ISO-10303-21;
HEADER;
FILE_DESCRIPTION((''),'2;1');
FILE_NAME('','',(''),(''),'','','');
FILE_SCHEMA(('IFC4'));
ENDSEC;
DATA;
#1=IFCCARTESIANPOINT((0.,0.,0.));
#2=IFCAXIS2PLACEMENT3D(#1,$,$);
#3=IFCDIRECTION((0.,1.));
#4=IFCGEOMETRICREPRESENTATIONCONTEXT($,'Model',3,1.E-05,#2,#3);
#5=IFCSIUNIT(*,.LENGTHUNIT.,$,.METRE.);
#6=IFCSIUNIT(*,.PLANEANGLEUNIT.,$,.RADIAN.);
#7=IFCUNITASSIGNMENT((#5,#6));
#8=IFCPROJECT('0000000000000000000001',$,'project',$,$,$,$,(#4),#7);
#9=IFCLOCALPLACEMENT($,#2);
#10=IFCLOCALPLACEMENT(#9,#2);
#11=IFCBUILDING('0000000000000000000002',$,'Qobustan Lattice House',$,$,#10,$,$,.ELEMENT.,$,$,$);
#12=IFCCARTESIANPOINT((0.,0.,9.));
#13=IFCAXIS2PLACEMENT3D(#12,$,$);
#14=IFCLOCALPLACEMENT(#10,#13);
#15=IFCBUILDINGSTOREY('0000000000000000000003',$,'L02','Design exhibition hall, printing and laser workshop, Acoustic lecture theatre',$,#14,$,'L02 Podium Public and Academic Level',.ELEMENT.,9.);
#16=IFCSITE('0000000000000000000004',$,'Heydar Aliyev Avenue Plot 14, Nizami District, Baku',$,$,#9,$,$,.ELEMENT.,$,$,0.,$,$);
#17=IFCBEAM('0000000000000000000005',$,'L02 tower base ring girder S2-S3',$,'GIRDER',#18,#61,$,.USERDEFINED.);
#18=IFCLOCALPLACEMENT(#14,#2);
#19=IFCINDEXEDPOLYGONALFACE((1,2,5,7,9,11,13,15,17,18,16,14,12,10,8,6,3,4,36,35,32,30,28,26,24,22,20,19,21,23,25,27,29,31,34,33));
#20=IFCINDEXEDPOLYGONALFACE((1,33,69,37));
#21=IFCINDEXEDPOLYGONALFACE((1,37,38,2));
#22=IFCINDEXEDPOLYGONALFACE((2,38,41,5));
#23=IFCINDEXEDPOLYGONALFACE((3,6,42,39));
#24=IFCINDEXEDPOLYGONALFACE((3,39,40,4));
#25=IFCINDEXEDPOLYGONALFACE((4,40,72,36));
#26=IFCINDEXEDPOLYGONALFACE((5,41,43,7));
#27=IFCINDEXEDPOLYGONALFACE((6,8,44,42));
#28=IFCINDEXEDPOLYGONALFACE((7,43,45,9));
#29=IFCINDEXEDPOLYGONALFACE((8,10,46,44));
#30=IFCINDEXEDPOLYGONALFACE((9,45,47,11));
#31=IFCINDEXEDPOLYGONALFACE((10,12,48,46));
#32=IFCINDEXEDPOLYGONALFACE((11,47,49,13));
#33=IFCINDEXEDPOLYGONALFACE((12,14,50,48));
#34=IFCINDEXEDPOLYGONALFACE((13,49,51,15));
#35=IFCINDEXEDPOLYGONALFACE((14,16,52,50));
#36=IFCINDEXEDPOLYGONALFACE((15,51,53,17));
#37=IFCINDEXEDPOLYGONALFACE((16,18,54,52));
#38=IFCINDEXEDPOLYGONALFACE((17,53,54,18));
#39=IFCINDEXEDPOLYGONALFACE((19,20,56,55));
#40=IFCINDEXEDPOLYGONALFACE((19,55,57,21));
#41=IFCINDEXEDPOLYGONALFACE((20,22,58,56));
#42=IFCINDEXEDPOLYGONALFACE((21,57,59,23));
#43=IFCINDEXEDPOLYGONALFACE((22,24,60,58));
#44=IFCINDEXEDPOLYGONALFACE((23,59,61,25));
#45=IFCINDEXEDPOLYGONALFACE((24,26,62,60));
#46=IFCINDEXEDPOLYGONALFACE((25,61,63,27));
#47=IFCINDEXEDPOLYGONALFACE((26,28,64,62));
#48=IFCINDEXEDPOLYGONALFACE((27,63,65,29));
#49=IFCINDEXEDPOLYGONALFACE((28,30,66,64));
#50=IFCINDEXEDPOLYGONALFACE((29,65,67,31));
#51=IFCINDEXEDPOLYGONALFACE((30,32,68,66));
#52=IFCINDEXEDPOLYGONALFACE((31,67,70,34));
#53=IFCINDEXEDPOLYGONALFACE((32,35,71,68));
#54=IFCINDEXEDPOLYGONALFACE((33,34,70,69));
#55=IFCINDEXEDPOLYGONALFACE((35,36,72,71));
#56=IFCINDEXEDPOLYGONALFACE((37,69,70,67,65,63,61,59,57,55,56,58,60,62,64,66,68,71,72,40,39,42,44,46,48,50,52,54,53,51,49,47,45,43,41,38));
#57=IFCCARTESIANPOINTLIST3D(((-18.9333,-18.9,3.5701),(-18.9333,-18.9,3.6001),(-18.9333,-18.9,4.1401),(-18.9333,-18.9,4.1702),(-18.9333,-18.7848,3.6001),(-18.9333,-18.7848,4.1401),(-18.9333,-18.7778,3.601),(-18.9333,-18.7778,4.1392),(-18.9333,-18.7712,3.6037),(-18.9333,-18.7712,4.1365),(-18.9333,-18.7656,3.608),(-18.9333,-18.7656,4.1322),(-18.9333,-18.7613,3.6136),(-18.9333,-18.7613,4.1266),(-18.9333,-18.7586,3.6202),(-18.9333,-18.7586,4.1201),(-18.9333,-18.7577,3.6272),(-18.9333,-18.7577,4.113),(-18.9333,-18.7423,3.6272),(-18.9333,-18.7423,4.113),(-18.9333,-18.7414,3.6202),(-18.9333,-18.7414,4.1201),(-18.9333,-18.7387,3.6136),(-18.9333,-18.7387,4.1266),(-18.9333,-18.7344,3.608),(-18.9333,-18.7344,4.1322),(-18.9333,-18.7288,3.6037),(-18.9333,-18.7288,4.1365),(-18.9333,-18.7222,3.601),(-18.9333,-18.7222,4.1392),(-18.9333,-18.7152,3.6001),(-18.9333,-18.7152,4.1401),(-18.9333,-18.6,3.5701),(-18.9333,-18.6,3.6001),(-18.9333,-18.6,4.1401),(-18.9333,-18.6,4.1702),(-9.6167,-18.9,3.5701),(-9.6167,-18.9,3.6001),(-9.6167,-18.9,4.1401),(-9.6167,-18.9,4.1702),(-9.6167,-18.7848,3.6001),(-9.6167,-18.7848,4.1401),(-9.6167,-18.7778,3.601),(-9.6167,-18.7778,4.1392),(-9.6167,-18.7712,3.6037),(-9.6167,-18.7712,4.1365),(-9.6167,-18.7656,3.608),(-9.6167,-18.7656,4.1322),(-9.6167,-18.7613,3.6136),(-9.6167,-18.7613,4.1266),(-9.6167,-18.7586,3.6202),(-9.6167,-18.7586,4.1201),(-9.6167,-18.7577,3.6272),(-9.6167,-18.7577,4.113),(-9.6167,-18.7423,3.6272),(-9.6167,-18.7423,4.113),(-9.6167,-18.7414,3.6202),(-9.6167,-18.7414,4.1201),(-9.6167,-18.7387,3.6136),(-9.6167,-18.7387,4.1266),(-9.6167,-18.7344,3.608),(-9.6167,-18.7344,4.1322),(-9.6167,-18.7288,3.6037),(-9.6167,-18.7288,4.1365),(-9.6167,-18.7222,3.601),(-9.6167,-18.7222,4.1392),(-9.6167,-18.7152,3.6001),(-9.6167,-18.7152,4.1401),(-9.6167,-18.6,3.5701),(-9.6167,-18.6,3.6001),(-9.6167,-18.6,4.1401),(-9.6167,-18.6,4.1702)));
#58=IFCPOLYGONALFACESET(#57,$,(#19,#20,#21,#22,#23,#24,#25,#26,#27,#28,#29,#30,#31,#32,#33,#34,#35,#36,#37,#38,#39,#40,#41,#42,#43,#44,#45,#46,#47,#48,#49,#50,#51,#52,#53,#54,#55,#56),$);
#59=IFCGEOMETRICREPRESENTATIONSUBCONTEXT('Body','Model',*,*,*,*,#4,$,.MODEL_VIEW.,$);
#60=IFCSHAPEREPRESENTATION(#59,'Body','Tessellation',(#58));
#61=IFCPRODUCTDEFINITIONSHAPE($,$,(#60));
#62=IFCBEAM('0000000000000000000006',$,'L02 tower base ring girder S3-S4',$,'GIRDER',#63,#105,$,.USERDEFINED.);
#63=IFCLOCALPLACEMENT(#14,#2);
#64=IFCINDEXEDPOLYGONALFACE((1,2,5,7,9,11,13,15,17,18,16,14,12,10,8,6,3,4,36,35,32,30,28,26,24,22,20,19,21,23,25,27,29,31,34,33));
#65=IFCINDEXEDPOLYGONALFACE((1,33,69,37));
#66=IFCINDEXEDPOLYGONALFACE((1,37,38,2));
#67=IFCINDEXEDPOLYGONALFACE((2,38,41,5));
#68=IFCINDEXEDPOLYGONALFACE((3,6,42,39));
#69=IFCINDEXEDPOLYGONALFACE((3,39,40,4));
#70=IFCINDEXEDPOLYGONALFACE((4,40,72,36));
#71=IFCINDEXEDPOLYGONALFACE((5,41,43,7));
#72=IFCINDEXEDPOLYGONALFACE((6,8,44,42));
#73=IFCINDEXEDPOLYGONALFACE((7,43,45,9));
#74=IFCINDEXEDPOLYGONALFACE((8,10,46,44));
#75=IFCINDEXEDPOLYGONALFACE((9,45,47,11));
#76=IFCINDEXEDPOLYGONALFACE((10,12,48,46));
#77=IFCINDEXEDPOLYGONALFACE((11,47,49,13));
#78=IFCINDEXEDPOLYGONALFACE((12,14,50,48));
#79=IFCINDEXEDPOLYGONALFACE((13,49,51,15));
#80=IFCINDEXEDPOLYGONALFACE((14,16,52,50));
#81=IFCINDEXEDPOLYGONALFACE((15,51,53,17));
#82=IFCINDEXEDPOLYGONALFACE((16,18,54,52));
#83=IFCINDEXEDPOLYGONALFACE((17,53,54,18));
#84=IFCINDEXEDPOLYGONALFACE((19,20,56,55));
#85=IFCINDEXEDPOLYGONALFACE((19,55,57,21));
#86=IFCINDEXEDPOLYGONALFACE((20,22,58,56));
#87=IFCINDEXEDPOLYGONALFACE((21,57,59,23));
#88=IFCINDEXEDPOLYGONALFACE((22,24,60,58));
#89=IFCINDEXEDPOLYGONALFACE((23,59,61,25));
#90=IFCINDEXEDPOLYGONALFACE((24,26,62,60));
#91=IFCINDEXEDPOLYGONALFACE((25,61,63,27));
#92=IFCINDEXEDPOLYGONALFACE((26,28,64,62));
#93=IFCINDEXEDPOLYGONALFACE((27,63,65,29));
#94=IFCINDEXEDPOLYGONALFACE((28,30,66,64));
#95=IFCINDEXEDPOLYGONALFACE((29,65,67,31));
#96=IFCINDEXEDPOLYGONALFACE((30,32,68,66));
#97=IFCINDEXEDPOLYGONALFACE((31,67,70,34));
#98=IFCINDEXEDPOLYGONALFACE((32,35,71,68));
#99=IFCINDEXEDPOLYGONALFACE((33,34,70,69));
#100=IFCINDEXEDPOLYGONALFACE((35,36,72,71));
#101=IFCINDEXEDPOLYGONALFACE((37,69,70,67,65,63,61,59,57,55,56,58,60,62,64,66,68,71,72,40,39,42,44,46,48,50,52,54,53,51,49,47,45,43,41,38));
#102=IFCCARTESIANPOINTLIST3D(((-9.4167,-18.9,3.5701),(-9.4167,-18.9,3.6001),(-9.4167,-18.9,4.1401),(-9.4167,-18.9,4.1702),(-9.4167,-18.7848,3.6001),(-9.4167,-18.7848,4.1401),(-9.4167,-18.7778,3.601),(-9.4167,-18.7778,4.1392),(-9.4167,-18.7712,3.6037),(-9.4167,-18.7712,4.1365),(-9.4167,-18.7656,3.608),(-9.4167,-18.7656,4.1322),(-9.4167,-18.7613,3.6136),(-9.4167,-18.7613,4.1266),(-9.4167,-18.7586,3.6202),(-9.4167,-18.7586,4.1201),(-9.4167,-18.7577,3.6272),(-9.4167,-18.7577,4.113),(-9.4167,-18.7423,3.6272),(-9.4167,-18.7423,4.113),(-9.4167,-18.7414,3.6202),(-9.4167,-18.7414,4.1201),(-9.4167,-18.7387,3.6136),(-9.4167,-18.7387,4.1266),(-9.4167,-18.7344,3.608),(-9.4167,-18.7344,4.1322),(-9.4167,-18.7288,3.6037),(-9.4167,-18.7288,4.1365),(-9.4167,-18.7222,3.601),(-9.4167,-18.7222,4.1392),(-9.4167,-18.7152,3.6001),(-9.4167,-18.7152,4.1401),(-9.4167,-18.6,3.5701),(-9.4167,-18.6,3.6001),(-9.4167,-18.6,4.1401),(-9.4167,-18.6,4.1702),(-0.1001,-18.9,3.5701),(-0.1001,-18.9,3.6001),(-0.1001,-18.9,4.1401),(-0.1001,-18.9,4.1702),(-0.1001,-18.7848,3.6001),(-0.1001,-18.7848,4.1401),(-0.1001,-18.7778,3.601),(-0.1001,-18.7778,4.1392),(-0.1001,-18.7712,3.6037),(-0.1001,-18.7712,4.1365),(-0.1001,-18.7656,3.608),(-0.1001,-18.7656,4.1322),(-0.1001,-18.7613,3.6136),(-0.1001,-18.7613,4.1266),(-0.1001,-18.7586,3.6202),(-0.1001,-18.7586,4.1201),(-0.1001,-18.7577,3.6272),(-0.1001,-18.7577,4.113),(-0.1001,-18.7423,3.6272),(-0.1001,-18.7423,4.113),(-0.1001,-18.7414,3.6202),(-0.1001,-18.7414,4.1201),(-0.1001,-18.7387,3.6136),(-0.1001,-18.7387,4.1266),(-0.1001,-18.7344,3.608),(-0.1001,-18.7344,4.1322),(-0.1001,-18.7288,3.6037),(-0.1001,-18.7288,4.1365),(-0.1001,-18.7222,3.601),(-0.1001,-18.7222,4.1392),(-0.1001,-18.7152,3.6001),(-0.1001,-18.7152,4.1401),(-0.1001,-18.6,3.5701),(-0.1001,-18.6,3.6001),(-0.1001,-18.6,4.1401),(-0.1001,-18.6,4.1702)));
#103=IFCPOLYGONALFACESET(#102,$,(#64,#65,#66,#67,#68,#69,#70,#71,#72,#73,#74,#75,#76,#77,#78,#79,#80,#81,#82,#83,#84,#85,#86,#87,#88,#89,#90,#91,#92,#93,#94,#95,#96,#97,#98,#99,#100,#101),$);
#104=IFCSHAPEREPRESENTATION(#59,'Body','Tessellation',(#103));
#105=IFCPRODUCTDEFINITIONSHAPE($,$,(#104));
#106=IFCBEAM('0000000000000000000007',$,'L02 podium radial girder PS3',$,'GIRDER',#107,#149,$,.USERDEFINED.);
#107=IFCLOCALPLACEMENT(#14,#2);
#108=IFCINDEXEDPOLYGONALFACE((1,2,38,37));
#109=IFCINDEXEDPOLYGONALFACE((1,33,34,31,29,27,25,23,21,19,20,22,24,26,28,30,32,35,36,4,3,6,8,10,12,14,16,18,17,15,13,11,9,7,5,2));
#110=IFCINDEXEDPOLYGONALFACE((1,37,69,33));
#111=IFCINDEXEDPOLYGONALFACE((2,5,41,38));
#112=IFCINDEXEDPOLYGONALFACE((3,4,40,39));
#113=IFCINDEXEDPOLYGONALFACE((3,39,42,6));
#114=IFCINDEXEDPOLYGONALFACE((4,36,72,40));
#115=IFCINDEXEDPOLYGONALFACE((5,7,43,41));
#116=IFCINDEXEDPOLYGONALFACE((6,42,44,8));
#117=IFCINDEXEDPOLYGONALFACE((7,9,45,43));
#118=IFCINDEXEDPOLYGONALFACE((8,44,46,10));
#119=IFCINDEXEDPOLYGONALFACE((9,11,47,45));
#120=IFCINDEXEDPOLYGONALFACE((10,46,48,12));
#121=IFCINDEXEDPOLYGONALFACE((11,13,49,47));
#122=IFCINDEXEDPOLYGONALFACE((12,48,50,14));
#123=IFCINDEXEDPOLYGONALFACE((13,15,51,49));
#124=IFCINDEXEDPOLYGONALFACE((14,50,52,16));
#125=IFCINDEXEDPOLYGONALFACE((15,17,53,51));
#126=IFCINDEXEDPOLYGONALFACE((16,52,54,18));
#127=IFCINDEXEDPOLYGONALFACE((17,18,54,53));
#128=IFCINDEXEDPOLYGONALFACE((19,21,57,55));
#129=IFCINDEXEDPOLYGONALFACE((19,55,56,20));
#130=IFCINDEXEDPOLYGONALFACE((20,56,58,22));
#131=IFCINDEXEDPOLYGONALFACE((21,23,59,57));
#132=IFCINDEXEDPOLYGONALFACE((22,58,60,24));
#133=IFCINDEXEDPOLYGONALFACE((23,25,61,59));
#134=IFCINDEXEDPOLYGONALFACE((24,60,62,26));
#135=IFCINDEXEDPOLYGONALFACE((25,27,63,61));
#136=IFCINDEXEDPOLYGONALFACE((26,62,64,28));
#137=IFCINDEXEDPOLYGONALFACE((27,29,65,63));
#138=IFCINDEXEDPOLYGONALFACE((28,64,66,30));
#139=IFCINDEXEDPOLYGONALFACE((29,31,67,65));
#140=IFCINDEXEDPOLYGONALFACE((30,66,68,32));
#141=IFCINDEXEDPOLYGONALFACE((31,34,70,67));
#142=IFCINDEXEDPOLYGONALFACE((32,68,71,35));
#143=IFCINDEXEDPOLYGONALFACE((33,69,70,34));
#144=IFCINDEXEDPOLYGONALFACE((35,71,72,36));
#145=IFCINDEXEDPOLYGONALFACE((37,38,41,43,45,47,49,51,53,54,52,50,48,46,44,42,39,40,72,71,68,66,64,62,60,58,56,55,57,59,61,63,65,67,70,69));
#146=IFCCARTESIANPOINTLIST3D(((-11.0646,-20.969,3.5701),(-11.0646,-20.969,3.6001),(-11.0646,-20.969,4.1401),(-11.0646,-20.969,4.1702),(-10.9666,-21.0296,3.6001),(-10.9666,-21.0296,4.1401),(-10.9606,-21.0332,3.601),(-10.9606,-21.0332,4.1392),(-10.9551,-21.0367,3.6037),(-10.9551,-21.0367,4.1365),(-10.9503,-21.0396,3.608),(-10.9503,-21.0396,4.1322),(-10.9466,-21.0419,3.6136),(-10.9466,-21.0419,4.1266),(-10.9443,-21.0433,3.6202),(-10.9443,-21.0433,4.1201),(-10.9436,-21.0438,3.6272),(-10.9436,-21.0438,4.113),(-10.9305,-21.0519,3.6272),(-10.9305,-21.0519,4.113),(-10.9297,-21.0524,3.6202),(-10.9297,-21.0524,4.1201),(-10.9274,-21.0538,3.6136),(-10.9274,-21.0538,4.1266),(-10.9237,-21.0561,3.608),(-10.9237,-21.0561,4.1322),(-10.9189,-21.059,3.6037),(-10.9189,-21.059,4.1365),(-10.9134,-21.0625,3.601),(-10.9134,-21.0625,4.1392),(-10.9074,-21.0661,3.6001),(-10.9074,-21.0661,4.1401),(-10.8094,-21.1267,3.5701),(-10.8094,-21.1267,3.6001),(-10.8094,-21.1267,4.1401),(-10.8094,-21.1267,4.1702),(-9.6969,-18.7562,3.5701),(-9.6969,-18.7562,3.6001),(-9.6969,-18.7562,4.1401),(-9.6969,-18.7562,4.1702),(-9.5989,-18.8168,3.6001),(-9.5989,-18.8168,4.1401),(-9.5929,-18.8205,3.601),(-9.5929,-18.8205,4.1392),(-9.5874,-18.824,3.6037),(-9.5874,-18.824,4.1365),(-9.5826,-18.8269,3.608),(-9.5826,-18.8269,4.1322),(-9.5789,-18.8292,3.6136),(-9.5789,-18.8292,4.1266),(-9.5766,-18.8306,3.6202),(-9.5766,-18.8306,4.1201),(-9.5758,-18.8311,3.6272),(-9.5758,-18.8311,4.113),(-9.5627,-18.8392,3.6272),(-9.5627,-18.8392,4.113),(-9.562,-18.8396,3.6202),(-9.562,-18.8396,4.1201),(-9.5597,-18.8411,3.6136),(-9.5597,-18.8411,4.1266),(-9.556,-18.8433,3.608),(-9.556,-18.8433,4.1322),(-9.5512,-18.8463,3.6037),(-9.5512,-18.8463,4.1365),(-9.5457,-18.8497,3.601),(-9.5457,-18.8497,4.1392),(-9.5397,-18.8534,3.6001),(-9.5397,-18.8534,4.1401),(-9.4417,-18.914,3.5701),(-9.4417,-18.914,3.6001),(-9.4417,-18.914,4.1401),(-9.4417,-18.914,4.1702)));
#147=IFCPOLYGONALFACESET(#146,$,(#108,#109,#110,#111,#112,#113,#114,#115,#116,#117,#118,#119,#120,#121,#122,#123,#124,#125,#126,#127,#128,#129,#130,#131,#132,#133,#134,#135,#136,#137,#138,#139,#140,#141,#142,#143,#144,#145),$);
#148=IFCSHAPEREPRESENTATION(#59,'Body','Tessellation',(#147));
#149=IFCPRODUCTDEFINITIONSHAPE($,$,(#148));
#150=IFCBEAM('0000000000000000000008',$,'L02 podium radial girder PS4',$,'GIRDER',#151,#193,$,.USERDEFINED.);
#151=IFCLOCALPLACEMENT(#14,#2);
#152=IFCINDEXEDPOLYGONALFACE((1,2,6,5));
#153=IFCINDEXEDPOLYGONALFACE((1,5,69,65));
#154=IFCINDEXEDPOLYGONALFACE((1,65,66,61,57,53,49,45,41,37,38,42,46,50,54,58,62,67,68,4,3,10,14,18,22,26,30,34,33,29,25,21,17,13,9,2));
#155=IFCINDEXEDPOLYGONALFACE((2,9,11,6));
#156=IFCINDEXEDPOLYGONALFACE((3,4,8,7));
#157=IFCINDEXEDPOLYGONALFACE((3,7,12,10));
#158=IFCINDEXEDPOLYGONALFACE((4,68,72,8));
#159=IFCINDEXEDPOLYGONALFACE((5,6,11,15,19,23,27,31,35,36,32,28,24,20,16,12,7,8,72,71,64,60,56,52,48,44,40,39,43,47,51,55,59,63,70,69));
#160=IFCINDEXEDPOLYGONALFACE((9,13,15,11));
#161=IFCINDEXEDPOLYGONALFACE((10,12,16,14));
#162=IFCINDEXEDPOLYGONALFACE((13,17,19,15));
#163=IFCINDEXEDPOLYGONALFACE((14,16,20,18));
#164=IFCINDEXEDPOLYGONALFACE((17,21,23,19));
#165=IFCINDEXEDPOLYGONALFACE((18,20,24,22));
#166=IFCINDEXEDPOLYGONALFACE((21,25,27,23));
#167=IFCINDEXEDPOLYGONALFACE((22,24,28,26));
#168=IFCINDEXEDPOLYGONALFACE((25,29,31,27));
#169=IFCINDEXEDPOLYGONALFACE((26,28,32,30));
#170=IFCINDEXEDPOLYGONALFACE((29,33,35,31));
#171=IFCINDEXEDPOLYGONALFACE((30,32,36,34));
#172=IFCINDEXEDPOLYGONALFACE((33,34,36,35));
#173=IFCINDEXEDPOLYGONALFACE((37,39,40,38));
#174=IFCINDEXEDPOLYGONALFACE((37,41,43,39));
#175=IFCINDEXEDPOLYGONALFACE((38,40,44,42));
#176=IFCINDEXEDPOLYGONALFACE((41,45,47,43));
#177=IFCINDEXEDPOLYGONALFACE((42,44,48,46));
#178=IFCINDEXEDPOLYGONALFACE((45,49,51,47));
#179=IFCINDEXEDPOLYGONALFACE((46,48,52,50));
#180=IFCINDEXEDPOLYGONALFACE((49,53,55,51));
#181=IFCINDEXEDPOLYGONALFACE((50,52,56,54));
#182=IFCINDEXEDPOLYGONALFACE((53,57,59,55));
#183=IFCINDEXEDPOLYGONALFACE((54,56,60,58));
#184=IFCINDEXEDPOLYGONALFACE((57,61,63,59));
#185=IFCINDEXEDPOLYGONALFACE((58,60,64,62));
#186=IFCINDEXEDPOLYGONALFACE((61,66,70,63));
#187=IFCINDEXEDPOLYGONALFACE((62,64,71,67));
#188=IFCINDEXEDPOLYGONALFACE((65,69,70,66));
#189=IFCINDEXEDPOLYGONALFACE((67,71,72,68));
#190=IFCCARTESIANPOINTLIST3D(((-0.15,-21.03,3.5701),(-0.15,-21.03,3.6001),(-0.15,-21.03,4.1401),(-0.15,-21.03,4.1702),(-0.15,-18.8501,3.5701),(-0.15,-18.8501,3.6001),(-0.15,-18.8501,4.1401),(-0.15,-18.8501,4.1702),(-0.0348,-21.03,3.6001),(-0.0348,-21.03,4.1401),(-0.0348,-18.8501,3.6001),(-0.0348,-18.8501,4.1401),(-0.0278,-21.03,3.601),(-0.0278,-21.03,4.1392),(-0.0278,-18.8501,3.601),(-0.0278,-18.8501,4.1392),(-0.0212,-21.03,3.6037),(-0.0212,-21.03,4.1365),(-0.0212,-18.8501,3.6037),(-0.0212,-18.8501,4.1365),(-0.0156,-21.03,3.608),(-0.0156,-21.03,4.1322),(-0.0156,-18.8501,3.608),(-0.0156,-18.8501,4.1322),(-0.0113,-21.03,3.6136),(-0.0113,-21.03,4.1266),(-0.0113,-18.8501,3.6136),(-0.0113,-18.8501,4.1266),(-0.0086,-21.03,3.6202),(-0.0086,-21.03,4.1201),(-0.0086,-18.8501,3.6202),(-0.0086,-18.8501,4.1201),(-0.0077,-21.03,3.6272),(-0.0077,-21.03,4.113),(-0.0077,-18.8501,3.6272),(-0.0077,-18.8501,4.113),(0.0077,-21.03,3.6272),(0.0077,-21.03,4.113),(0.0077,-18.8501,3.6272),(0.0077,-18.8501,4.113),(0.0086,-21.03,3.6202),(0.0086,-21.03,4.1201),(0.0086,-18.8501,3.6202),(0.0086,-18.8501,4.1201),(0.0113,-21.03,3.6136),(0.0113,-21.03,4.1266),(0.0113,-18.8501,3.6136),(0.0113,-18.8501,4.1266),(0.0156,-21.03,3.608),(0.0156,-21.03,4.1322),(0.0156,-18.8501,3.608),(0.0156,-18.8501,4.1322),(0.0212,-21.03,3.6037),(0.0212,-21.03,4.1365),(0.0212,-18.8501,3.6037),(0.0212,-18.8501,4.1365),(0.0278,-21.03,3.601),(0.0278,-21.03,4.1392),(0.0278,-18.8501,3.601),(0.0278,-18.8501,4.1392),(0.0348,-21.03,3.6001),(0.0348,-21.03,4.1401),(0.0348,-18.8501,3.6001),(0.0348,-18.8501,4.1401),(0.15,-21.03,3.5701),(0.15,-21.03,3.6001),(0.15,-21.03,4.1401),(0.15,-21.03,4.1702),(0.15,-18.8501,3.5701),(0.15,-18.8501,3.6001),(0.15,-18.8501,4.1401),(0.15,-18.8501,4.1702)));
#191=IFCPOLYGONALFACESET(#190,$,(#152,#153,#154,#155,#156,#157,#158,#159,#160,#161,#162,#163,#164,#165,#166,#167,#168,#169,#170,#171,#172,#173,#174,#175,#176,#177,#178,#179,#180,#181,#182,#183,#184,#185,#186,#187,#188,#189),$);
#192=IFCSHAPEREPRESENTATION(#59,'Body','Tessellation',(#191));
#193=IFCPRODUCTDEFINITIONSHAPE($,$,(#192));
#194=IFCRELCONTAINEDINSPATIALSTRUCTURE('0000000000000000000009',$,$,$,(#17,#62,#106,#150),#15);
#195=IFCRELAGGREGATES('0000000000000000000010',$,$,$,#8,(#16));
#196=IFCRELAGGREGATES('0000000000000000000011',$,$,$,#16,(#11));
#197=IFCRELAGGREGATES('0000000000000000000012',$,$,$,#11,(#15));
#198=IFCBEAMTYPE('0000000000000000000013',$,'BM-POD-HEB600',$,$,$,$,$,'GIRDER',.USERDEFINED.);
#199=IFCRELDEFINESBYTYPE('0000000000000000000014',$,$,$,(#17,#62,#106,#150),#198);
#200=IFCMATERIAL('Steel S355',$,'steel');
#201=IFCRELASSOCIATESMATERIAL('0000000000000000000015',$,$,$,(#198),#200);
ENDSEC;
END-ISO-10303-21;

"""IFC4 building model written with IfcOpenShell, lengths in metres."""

from ifc_helpers import new_model, si_unit, direction, frame, origin, origin_2d, place, context, subcontext, project, spatial, i_section, extrude, material, material_profile, profile_set, type_object, element, save


model = new_model("IFC4")

# Units and contexts
model_context = context("Model", 3, precision=1e-05, world=origin(), true_north=direction((0.0, 1.0)))
body_context = subcontext(model_context, "Body", "Model", "MODEL_VIEW")
ifc_project = project(units=[si_unit("LENGTHUNIT", "METRE"), si_unit("PLANEANGLEUNIT", "RADIAN")], contexts=[model_context])

# Site, building, storey
site_placement = place(None, origin())
site = spatial("IfcSite", under=ifc_project, at=site_placement, Name="Heydar Aliyev Avenue Plot 14, Nizami District, Baku", CompositionType="ELEMENT", RefElevation=0.0)
building_placement = place(site_placement, origin())
building = spatial("IfcBuilding", under=site, at=building_placement, Name="Qobustan Lattice House", CompositionType="ELEMENT")
storey_placement = place(building_placement, frame((0.0, 0.0, 9.0)))
storey = spatial("IfcBuildingStorey", under=building, at=storey_placement, Name="L02", Description="Design exhibition hall, printing and laser workshop, Acoustic lecture theatre", LongName="L02 Podium Public and Academic Level", CompositionType="ELEMENT", Elevation=9.0)

# Beams
ifc_material_1 = material(Name="Steel S355", Category="steel")
ifc_material_profile_1 = material_profile(ifc_material_1, i_section(OverallWidth=0.3, OverallDepth=0.6001, WebThickness=0.0154, FlangeThickness=0.03, FilletRadius=0.0271, at=origin_2d()), Name="HEB600")
ifc_profile_set_1 = profile_set([ifc_material_profile_1], Name="Steel S355")
beam_type_1 = type_object("IfcBeamType", Name="BM-POD-HEB600", ElementType="GIRDER", PredefinedType="USERDEFINED", material=ifc_profile_set_1)
for number, where, z_axis, x_axis, name in (
    (1, (-18.9333, -18.75, 3.8701), (1.0, 0.0, 0.0), (0.0, 1.0, 0.0), "L02 tower base ring girder S2-S3"),
    (2, (-9.4167, -18.75, 3.8701), (1.0, 0.0, 0.0), (0.0, 1.0, 0.0), "L02 tower base ring girder S3-S4"),
):
    element("IfcBeam", number, at=place(storey_placement, frame(where, z_axis=z_axis, x_axis=x_axis)), inside=storey, type_object=beam_type_1, Name=name, ObjectType="GIRDER", PredefinedType="USERDEFINED", context=body_context, shape_type="SweptSolid", body=[
        extrude(i_section(OverallWidth=0.3, OverallDepth=0.6001, WebThickness=0.0154, FlangeThickness=0.03, FilletRadius=0.0271, at=origin_2d()), origin(), (0.0, 0.0, 1.0), 9.3167),
    ])
beam_1_placement = place(storey_placement, frame((-10.937, -21.0479, 3.8701), z_axis=(0.525783, 0.850619, 0.0), x_axis=(-0.850619, 0.525783, 0.0)))
element("IfcBeam", 3, at=beam_1_placement, inside=storey, type_object=beam_type_1, Name="L02 podium radial girder PS3", ObjectType="GIRDER", PredefinedType="USERDEFINED", context=body_context, shape_type="SweptSolid", body=[
    extrude(i_section(OverallWidth=0.3, OverallDepth=0.6001, WebThickness=0.0154, FlangeThickness=0.03, FilletRadius=0.0271, at=origin_2d()), origin(), (0.0, 0.0, 1.0), 2.6013),
])
beam_2_placement = place(storey_placement, frame((0.0, -21.03, 3.8701), z_axis=(0.0, 1.0, 0.0), x_axis=(-1.0, 0.0, 0.0)))
element("IfcBeam", 4, at=beam_2_placement, inside=storey, type_object=beam_type_1, Name="L02 podium radial girder PS4", ObjectType="GIRDER", PredefinedType="USERDEFINED", context=body_context, shape_type="SweptSolid", body=[
    extrude(i_section(OverallWidth=0.3, OverallDepth=0.6001, WebThickness=0.0154, FlangeThickness=0.03, FilletRadius=0.0271, at=origin_2d()), origin(), (0.0, 0.0, 1.0), 2.1799),
])

save(model, "model.ifc")
